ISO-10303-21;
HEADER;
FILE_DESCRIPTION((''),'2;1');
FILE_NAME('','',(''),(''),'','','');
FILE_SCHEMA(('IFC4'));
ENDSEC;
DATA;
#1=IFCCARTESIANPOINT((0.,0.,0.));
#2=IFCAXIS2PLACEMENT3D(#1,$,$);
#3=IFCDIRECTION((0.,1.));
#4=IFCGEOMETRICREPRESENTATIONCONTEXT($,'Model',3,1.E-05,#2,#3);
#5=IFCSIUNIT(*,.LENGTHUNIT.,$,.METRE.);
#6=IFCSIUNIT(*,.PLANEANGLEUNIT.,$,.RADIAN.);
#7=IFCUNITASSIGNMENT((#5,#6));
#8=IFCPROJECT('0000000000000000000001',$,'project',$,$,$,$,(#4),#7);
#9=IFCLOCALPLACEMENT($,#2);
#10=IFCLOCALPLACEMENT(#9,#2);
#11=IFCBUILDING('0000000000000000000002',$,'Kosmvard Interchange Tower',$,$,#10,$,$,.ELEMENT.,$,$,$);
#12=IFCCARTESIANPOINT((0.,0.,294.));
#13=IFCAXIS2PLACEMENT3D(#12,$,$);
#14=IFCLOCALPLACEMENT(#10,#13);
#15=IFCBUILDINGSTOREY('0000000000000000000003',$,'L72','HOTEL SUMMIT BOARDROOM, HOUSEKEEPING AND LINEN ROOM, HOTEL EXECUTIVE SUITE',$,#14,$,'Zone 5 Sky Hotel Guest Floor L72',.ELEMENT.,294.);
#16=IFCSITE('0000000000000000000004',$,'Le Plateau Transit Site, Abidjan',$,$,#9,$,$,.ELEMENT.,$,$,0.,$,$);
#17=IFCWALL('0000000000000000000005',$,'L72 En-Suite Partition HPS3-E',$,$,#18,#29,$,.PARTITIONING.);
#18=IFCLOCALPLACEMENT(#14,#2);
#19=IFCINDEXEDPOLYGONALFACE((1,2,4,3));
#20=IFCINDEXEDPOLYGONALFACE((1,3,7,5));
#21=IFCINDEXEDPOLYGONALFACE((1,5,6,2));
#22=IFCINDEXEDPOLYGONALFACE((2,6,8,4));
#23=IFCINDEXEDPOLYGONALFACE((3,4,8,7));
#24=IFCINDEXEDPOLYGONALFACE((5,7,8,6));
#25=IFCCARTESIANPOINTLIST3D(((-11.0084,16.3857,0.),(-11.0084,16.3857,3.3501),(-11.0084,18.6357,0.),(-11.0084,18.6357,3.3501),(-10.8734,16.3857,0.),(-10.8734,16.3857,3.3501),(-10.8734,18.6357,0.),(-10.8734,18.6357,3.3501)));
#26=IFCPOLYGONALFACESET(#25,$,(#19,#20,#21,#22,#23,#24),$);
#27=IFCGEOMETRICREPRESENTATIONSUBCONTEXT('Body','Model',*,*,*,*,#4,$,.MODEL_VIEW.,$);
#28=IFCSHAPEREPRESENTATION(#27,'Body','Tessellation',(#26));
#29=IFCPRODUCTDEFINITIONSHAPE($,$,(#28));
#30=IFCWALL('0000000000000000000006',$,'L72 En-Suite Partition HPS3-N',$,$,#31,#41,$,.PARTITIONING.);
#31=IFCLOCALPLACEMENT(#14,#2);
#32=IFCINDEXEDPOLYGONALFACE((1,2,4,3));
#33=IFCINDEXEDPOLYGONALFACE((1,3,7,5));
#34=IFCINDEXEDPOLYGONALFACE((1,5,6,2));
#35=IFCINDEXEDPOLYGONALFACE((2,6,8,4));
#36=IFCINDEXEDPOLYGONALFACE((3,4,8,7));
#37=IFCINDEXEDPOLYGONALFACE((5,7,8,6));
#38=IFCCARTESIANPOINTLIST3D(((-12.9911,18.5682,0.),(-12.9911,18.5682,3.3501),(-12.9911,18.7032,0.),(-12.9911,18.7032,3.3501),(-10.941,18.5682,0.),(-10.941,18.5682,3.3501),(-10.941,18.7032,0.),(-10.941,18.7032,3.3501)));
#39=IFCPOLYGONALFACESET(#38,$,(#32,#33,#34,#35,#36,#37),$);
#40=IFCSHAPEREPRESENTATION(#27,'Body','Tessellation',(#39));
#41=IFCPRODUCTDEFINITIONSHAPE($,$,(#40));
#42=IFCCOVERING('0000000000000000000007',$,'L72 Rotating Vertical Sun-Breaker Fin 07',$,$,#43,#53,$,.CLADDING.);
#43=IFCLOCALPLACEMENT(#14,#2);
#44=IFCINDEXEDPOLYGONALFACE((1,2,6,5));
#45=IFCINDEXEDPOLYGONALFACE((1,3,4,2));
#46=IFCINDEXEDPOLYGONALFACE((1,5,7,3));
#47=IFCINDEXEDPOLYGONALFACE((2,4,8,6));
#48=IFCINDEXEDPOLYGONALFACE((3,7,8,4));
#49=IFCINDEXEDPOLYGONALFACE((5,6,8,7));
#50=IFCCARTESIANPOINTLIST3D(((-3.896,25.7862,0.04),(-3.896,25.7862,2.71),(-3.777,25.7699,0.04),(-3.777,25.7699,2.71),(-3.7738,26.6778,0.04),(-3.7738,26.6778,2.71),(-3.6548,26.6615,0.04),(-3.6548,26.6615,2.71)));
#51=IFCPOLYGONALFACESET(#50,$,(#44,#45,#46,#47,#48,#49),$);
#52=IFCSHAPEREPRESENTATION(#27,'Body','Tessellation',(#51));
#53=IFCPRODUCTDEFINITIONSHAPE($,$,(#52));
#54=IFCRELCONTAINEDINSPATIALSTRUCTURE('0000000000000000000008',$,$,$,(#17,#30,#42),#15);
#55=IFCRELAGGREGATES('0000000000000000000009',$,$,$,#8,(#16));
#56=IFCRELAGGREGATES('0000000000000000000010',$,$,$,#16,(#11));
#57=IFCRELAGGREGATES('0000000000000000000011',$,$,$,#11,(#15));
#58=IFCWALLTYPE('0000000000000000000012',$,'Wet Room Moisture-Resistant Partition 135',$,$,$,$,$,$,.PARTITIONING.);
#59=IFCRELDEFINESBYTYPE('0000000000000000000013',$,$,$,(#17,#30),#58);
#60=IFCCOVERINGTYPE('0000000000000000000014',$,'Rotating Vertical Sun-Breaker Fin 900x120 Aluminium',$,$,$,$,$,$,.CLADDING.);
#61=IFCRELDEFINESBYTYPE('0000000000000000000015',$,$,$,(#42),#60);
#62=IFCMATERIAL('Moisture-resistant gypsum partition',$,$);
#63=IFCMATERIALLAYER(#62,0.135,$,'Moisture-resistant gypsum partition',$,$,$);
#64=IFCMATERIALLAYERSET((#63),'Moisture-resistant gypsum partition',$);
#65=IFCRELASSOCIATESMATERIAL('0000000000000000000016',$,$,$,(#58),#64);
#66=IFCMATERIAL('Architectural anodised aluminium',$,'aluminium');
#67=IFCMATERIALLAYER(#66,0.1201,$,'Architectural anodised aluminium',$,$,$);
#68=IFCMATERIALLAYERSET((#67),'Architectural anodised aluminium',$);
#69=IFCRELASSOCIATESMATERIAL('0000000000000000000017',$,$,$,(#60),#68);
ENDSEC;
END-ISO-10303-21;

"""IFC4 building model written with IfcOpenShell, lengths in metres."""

from ifc_helpers import new_model, si_unit, direction, frame, frame_2d, origin, origin_2d, place, context, subcontext, project, spatial, rectangle, extrude, source, transform, mapped, material, layer, layer_set, type_object, element, save


model = new_model("IFC4")

# Units and contexts
model_context = context("Model", 3, precision=1e-05, world=origin(), true_north=direction((0.0, 1.0)))
body_context = subcontext(model_context, "Body", "Model", "MODEL_VIEW")
ifc_project = project(units=[si_unit("LENGTHUNIT", "METRE"), si_unit("PLANEANGLEUNIT", "RADIAN")], contexts=[model_context])

# Site, building, storey
site_placement = place(None, origin())
site = spatial("IfcSite", under=ifc_project, at=site_placement, Name="Le Plateau Transit Site, Abidjan", CompositionType="ELEMENT", RefElevation=0.0)
building_placement = place(site_placement, origin())
building = spatial("IfcBuilding", under=site, at=building_placement, Name="Kosmvard Interchange Tower", CompositionType="ELEMENT")
storey_placement = place(building_placement, frame((0.0, 0.0, 294.0)))
storey = spatial("IfcBuildingStorey", under=building, at=storey_placement, Name="L72", Description="HOTEL SUMMIT BOARDROOM, HOUSEKEEPING AND LINEN ROOM, HOTEL EXECUTIVE SUITE", LongName="Zone 5 Sky Hotel Guest Floor L72", CompositionType="ELEMENT", Elevation=294.0)

# Shared definitions
ifc_material_1 = material(Name="Moisture-resistant gypsum partition")
ifc_layer_1 = layer(ifc_material_1, 0.135, Name="Moisture-resistant gypsum partition")
ifc_layer_set_1 = layer_set([ifc_layer_1], Name="Moisture-resistant gypsum partition")
wall_type_1 = type_object("IfcWallType", Name="Wet Room Moisture-Resistant Partition 135", PredefinedType="PARTITIONING", material=ifc_layer_set_1)

# Walls
wall_1_placement = place(storey_placement, frame((-10.9409, 16.3857, 0.0), z_axis=(0.0, 0.0, 1.0), x_axis=(0.0, 1.0, 0.0)))
element("IfcWall", 1, at=wall_1_placement, inside=storey, type_object=wall_type_1, Name="L72 En-Suite Partition HPS3-E", PredefinedType="PARTITIONING", context=body_context, shape_type="SweptSolid", body=[
    extrude(rectangle(XDim=2.25, YDim=0.135, at=frame_2d((1.125, 0.0))), origin(), (0.0, 0.0, 1.0), 3.3501),
])
wall_2_placement = place(storey_placement, frame((-12.991, 18.6357, 0.0), z_axis=(0.0, 0.0, 1.0), x_axis=(1.0, 0.0, 0.0)))
element("IfcWall", 2, at=wall_2_placement, inside=storey, type_object=wall_type_1, Name="L72 En-Suite Partition HPS3-N", PredefinedType="PARTITIONING", context=body_context, shape_type="SweptSolid", body=[
    extrude(rectangle(XDim=2.05, YDim=0.135, at=frame_2d((1.0249, 0.0))), origin(), (0.0, 0.0, 1.0), 3.3501),
])

# Covering
ifc_material_2 = material(Name="Architectural anodised aluminium", Category="aluminium")
ifc_layer_2 = layer(ifc_material_2, 0.1201, Name="Architectural anodised aluminium")
ifc_layer_set_2 = layer_set([ifc_layer_2], Name="Architectural anodised aluminium")
covering_type = type_object("IfcCoveringType", Name="Rotating Vertical Sun-Breaker Fin 900x120 Aluminium", PredefinedType="CLADDING", material=ifc_layer_set_2)
shared_shape_1 = source(origin(), body_context, "Body", "SweptSolid", [
    extrude(rectangle(XDim=0.8999, YDim=0.1201, at=origin_2d()), origin(), (0.0, 0.0, 1.0), 2.6699),
])
covering_placement = place(storey_placement, frame((-3.7754, 26.2239, 0.04), z_axis=(0.0, 0.0, 1.0), x_axis=(0.135716, 0.990748, 0.0)))
element("IfcCovering", 3, at=covering_placement, inside=storey, type_object=covering_type, Name="L72 Rotating Vertical Sun-Breaker Fin 07", PredefinedType="CLADDING", context=body_context, shape_type="MappedRepresentation", body=[
    mapped(shared_shape_1, transform((0.0, 0.0, 0.0), scale=1.0)),
])

save(model, "model.ifc")
